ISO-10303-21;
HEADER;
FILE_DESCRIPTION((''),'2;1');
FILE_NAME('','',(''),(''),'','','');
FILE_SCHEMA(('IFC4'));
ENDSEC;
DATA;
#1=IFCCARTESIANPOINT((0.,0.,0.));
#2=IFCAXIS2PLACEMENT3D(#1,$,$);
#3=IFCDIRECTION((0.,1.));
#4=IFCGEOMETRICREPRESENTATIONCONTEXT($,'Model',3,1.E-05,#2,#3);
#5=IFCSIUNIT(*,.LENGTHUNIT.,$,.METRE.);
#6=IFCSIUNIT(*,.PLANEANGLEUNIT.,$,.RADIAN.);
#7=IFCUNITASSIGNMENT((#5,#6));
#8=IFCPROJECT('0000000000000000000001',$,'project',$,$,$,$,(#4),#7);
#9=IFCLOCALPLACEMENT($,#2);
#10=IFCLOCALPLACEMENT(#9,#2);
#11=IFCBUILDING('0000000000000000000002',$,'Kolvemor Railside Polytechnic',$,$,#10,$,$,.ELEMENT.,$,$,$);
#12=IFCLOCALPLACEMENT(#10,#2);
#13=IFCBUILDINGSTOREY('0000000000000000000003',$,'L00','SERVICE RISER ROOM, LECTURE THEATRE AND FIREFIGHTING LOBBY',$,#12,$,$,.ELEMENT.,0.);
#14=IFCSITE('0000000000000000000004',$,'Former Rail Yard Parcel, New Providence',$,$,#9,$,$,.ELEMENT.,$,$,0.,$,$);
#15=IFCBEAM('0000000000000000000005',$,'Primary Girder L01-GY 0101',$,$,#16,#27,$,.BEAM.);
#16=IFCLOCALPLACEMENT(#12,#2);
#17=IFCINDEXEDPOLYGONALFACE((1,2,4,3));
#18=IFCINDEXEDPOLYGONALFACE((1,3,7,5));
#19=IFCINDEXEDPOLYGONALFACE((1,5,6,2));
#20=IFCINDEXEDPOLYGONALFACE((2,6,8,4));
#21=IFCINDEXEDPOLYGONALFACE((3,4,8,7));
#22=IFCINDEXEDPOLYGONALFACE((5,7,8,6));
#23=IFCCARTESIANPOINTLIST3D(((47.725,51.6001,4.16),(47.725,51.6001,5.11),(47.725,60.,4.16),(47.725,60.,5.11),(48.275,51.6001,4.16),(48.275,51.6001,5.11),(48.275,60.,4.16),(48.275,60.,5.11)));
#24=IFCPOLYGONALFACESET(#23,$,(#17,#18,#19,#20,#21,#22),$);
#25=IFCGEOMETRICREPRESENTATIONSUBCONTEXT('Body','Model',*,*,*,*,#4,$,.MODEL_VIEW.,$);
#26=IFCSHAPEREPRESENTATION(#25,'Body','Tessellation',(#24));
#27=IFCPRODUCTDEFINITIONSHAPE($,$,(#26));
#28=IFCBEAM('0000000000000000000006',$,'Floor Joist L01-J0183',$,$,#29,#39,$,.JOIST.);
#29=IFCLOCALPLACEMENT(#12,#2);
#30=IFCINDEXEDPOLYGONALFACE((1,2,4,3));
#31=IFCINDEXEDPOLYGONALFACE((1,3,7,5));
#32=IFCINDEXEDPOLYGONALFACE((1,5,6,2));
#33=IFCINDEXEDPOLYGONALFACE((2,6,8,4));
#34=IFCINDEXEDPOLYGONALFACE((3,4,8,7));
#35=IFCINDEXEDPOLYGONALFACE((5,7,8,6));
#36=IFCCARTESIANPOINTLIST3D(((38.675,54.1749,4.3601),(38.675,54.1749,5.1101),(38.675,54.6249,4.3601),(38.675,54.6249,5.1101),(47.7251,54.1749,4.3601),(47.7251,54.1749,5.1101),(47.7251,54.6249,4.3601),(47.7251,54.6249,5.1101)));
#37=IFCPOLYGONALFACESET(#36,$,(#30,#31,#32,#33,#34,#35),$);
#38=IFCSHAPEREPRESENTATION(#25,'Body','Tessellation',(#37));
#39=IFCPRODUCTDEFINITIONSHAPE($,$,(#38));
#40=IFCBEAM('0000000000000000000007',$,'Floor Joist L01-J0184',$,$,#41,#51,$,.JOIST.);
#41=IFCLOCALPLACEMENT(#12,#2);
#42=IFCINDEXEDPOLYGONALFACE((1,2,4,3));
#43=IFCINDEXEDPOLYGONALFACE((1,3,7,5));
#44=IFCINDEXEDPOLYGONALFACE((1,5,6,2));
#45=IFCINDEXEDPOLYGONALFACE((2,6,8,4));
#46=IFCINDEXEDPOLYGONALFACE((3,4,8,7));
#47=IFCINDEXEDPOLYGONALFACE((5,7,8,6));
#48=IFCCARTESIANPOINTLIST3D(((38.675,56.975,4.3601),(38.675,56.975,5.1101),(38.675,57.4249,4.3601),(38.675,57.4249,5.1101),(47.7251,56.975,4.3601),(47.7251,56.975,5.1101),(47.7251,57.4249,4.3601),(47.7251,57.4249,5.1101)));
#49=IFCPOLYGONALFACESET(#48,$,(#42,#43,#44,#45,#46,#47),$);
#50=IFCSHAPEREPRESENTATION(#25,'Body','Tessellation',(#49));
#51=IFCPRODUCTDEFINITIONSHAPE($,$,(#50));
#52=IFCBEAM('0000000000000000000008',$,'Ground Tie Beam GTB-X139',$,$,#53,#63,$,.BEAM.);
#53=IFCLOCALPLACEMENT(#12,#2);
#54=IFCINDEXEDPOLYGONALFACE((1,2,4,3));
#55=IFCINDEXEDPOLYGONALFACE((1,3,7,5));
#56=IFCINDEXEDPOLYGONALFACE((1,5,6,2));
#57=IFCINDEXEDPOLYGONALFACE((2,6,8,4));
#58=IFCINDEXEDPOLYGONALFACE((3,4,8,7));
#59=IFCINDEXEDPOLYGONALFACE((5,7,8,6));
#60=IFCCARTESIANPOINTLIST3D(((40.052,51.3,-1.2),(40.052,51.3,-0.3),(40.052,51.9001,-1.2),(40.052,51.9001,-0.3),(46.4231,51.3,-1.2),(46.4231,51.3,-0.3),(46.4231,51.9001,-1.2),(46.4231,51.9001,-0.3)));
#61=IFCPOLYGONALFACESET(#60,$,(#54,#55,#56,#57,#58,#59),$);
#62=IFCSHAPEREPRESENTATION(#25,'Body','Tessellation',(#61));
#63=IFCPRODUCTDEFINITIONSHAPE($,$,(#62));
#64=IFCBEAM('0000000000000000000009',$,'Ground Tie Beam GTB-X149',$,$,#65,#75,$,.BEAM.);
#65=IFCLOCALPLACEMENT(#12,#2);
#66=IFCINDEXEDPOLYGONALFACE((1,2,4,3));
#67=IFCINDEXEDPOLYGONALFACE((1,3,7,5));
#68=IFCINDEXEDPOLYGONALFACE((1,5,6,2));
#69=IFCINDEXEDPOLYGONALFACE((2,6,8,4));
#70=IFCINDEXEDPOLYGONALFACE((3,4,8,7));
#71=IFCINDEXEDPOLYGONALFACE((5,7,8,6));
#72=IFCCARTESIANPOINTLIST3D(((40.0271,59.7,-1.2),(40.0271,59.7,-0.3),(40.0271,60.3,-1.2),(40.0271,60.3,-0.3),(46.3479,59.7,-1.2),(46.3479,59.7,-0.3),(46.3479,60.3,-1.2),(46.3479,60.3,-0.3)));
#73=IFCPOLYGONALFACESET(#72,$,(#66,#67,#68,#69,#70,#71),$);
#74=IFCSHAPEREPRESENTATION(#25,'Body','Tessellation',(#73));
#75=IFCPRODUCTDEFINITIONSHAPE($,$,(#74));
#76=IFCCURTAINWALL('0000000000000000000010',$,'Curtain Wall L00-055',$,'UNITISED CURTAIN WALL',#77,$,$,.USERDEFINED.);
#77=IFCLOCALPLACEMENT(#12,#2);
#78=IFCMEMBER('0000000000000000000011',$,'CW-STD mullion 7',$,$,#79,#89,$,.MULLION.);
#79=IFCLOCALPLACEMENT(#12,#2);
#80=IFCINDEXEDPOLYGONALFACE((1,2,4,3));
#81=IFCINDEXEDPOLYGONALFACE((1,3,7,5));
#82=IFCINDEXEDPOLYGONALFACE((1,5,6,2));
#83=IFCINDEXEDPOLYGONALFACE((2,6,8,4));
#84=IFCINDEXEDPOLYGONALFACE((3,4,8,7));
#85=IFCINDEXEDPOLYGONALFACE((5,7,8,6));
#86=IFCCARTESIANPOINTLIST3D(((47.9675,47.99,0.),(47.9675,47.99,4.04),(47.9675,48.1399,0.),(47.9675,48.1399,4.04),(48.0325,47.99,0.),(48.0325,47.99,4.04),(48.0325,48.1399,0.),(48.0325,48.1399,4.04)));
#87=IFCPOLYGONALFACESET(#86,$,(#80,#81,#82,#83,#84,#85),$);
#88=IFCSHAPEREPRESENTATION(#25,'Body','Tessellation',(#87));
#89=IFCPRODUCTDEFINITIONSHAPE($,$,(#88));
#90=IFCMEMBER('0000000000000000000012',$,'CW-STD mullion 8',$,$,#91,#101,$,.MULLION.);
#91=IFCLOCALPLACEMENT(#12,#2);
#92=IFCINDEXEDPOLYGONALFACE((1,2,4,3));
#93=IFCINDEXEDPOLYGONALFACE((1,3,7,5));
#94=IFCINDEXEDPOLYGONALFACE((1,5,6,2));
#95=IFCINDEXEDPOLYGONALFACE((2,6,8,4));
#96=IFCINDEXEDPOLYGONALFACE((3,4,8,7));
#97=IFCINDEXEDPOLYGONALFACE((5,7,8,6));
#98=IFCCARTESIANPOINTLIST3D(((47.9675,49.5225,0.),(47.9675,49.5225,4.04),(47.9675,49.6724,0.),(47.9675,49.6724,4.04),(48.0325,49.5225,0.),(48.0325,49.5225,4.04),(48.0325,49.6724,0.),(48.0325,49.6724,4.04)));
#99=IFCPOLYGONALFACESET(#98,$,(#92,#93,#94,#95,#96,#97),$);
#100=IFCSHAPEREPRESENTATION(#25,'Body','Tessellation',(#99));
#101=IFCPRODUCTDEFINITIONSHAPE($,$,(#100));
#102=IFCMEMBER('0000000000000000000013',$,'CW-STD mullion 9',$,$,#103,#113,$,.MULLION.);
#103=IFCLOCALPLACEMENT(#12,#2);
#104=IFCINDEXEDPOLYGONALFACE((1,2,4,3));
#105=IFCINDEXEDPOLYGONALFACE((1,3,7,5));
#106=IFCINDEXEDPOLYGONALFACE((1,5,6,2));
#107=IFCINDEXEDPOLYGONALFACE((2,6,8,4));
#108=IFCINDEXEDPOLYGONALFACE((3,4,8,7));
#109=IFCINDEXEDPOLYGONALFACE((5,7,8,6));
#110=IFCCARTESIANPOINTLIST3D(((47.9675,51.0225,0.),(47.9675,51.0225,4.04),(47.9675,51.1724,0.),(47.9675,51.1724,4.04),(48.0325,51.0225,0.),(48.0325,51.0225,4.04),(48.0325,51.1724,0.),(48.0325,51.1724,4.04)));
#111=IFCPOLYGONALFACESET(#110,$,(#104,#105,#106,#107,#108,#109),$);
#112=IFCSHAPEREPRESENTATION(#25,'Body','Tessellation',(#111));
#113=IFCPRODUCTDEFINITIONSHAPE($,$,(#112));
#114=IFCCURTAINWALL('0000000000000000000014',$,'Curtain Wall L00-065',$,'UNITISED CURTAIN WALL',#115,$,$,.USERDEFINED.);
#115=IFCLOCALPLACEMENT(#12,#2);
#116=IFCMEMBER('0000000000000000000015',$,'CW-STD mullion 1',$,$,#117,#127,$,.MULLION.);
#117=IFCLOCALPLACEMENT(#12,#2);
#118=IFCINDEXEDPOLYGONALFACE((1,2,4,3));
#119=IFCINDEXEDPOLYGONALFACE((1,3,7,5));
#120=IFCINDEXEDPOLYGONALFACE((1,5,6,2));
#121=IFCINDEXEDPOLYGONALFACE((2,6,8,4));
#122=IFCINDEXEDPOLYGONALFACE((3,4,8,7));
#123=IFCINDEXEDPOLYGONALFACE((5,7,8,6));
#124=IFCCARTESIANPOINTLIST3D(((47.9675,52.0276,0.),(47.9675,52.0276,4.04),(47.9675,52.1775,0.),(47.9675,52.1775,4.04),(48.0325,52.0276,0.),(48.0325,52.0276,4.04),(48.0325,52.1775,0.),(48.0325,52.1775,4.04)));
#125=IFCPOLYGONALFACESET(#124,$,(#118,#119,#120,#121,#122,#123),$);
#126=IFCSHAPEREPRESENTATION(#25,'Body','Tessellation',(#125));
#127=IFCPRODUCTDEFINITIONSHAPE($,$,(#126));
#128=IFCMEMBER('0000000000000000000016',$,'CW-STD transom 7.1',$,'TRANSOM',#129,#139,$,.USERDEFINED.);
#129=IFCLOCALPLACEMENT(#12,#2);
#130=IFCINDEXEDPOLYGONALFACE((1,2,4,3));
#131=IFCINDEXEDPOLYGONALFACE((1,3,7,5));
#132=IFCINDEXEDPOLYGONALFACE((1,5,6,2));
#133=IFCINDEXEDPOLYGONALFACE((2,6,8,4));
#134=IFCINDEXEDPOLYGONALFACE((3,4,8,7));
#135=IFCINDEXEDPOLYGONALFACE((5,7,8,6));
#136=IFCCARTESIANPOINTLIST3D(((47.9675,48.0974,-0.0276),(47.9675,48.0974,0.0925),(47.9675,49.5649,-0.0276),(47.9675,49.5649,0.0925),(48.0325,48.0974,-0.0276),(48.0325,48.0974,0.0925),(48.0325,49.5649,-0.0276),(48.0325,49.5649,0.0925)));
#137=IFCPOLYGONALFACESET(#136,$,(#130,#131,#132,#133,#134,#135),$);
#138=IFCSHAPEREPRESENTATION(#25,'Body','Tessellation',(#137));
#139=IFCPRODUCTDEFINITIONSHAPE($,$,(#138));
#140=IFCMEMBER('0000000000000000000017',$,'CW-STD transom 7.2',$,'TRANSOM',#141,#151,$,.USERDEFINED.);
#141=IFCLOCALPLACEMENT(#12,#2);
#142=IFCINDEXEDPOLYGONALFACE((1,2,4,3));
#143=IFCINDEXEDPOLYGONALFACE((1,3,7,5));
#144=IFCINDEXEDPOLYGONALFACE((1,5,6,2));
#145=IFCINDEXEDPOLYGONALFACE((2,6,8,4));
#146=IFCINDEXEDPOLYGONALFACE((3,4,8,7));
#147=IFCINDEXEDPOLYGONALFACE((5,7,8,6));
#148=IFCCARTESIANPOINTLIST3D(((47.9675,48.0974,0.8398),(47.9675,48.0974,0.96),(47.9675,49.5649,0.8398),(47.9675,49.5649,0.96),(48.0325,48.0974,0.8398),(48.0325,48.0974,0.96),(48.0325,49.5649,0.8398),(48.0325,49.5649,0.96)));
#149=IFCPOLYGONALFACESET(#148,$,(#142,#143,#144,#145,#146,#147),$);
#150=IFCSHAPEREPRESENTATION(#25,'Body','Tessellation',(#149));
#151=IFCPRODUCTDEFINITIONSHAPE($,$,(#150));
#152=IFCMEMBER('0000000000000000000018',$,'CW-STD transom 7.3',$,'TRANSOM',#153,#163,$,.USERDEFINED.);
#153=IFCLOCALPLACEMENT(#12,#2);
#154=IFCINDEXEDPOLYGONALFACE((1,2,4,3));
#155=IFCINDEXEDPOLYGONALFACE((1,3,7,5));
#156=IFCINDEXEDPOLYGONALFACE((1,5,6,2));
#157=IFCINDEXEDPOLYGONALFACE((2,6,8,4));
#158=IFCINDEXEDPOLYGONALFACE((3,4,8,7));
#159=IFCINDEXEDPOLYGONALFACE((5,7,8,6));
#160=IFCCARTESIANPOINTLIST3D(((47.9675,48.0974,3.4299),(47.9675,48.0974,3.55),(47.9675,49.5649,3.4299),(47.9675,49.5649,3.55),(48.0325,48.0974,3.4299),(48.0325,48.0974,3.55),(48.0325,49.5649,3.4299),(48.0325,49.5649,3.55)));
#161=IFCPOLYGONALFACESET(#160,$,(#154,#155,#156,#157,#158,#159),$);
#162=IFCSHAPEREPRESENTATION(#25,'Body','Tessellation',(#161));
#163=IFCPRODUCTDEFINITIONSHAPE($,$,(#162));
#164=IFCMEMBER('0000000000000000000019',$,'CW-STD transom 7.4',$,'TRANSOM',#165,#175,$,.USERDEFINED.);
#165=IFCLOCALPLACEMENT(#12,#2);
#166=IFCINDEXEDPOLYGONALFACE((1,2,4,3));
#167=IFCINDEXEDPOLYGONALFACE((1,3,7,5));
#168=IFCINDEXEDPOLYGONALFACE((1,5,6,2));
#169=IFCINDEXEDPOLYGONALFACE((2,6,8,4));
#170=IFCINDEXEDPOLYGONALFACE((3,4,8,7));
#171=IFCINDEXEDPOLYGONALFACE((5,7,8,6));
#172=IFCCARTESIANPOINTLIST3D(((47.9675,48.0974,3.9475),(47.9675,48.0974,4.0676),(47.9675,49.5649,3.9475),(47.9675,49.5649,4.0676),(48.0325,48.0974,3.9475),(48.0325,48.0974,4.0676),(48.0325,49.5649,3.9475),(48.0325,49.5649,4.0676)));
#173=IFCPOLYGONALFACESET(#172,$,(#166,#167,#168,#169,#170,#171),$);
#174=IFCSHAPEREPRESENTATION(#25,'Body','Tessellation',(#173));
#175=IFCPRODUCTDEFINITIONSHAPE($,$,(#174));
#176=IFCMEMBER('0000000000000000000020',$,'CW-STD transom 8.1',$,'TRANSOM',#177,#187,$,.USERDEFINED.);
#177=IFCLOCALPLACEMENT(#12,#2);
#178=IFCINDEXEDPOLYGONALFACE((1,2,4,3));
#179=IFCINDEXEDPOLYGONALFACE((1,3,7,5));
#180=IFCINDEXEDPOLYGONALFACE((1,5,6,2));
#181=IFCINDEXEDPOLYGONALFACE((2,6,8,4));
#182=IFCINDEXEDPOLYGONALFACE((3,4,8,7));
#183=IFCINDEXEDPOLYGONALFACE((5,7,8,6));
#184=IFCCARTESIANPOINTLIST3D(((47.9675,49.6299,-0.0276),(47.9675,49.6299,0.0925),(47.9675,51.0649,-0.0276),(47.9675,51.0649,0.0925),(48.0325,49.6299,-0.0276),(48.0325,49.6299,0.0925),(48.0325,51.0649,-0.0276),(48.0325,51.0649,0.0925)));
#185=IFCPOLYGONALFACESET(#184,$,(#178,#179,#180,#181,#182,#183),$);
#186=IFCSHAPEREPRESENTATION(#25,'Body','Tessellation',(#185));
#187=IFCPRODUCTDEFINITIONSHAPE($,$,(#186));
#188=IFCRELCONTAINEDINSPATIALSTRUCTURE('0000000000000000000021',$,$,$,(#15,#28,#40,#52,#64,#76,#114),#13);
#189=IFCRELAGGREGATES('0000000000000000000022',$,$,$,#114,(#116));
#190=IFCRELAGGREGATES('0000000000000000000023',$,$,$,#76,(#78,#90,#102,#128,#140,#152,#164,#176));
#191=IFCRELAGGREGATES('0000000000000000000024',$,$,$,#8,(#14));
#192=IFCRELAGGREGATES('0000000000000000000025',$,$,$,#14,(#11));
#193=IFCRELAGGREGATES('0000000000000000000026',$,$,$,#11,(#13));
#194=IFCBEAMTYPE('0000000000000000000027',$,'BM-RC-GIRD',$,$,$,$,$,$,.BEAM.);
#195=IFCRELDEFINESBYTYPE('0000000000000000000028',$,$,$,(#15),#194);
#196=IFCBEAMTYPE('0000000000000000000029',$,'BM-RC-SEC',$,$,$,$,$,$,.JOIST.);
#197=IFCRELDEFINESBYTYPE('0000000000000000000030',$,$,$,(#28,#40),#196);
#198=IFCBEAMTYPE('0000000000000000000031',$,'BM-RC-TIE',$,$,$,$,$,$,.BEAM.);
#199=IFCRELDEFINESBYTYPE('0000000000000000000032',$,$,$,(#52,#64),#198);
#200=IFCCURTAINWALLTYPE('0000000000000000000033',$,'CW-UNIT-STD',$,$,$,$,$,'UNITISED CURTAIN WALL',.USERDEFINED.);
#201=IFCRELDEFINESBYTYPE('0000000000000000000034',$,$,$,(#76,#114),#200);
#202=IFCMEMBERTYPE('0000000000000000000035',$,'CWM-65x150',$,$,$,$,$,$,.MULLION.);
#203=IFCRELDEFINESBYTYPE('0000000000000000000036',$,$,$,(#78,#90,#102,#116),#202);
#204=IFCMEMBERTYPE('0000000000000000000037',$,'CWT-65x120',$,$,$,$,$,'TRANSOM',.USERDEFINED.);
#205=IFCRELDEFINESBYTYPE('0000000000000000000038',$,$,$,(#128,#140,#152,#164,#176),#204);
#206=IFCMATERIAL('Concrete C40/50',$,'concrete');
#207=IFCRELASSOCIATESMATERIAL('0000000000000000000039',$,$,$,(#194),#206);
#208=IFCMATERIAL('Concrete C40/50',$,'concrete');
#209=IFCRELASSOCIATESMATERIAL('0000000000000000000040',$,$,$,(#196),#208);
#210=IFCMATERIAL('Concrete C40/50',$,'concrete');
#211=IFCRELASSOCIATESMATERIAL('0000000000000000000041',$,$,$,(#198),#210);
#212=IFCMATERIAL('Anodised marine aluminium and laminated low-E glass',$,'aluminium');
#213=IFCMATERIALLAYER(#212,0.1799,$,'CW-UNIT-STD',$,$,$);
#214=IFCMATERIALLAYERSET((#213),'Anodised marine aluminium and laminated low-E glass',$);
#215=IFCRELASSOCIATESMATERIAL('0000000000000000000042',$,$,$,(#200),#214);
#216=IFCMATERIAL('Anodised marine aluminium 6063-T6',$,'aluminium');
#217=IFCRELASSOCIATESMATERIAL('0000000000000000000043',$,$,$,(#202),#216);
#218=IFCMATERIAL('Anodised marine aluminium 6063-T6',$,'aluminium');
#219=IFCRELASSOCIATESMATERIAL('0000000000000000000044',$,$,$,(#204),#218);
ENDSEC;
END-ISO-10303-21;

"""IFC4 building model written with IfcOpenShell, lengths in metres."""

from ifc_helpers import new_model, si_unit, direction, frame, origin, origin_2d, place, context, subcontext, project, spatial, rectangle, extrude, material, layer, layer_set, material_profile, profile_set, type_object, element, aggregate, save


model = new_model("IFC4")

# Units and contexts
model_context = context("Model", 3, precision=1e-05, world=origin(), true_north=direction((0.0, 1.0)))
body_context = subcontext(model_context, "Body", "Model", "MODEL_VIEW")
ifc_project = project(units=[si_unit("LENGTHUNIT", "METRE"), si_unit("PLANEANGLEUNIT", "RADIAN")], contexts=[model_context])

# Site, building, storey
site_placement = place(None, origin())
site = spatial("IfcSite", under=ifc_project, at=site_placement, Name="Former Rail Yard Parcel, New Providence", CompositionType="ELEMENT", RefElevation=0.0)
building_placement = place(site_placement, origin())
building = spatial("IfcBuilding", under=site, at=building_placement, Name="Kolvemor Railside Polytechnic", CompositionType="ELEMENT")
storey_placement = place(building_placement, origin())
storey = spatial("IfcBuildingStorey", under=building, at=storey_placement, Name="L00", Description="SERVICE RISER ROOM, LECTURE THEATRE AND FIREFIGHTING LOBBY", CompositionType="ELEMENT", Elevation=0.0)

# Beams
ifc_material_1 = material(Name="Concrete C40/50", Category="concrete")
ifc_material_profile_1 = material_profile(ifc_material_1, rectangle(XDim=0.55, YDim=0.95, at=origin_2d()), Name="RC550x950")
ifc_profile_set_1 = profile_set([ifc_material_profile_1], Name="Concrete C40/50")
beam_type_1 = type_object("IfcBeamType", Name="BM-RC-GIRD", PredefinedType="BEAM", material=ifc_profile_set_1)
beam_1_placement = place(storey_placement, frame((48.0, 51.6001, 4.635), z_axis=(0.0, 1.0, 0.0), x_axis=(-1.0, 0.0, 0.0)))
element("IfcBeam", 1, at=beam_1_placement, inside=storey, type_object=beam_type_1, Name="Primary Girder L01-GY 0101", PredefinedType="BEAM", context=body_context, shape_type="SweptSolid", body=[
    extrude(rectangle(XDim=0.55, YDim=0.95, at=origin_2d()), origin(), (0.0, 0.0, 1.0), 8.3999),
])
ifc_material_2 = material(Name="Concrete C40/50", Category="concrete")
ifc_material_profile_2 = material_profile(ifc_material_2, rectangle(XDim=0.45, YDim=0.75, at=origin_2d()), Name="RC450x750")
ifc_profile_set_2 = profile_set([ifc_material_profile_2], Name="Concrete C40/50")
beam_type_2 = type_object("IfcBeamType", Name="BM-RC-SEC", PredefinedType="JOIST", material=ifc_profile_set_2)
for number, where, z_axis, x_axis, name in (
    (2, (38.675, 54.3999, 4.7351), (1.0, 0.0, 0.0), (0.0, 1.0, 0.0), "Floor Joist L01-J0183"),
    (3, (38.675, 57.2, 4.7351), (1.0, 0.0, 0.0), (0.0, 1.0, 0.0), "Floor Joist L01-J0184"),
):
    element("IfcBeam", number, at=place(storey_placement, frame(where, z_axis=z_axis, x_axis=x_axis)), inside=storey, type_object=beam_type_2, Name=name, PredefinedType="JOIST", context=body_context, shape_type="SweptSolid", body=[
        extrude(rectangle(XDim=0.45, YDim=0.75, at=origin_2d()), origin(), (0.0, 0.0, 1.0), 9.05),
    ])
ifc_material_3 = material(Name="Concrete C40/50", Category="concrete")
ifc_material_profile_3 = material_profile(ifc_material_3, rectangle(XDim=0.6001, YDim=0.8999, at=origin_2d()), Name="RC600x900")
ifc_profile_set_3 = profile_set([ifc_material_profile_3], Name="Concrete C40/50")
beam_type_3 = type_object("IfcBeamType", Name="BM-RC-TIE", PredefinedType="BEAM", material=ifc_profile_set_3)
beam_2_placement = place(storey_placement, frame((40.052, 51.6001, -0.75), z_axis=(1.0, 0.0, 0.0), x_axis=(0.0, 1.0, 0.0)))
element("IfcBeam", 4, at=beam_2_placement, inside=storey, type_object=beam_type_3, Name="Ground Tie Beam GTB-X139", PredefinedType="BEAM", context=body_context, shape_type="SweptSolid", body=[
    extrude(rectangle(XDim=0.6001, YDim=0.8999, at=origin_2d()), origin(), (0.0, 0.0, 1.0), 6.3711),
])
beam_3_placement = place(storey_placement, frame((40.0271, 60.0, -0.75), z_axis=(1.0, 0.0, 0.0), x_axis=(0.0, 1.0, 0.0)))
element("IfcBeam", 5, at=beam_3_placement, inside=storey, type_object=beam_type_3, Name="Ground Tie Beam GTB-X149", PredefinedType="BEAM", context=body_context, shape_type="SweptSolid", body=[
    extrude(rectangle(XDim=0.6001, YDim=0.8999, at=origin_2d()), origin(), (0.0, 0.0, 1.0), 6.3208),
])

# Curtain wall, members
ifc_material_4 = material(Name="Anodised marine aluminium and laminated low-E glass", Category="aluminium")
ifc_layer_1 = layer(ifc_material_4, 0.1799, Name="CW-UNIT-STD")
ifc_layer_set_1 = layer_set([ifc_layer_1], Name="Anodised marine aluminium and laminated low-E glass")
curtain_wall_type = type_object("IfcCurtainWallType", Name="CW-UNIT-STD", ElementType="UNITISED CURTAIN WALL", PredefinedType="USERDEFINED", material=ifc_layer_set_1)
curtain_wall_1_placement = place(storey_placement, origin())
curtain_wall_1 = element("IfcCurtainWall", 6, at=curtain_wall_1_placement, inside=storey, type_object=curtain_wall_type, Name="Curtain Wall L00-055", ObjectType="UNITISED CURTAIN WALL", PredefinedType="USERDEFINED")
ifc_material_5 = material(Name="Anodised marine aluminium 6063-T6", Category="aluminium")
ifc_material_profile_4 = material_profile(ifc_material_5, rectangle(XDim=0.0649, YDim=0.1499, at=origin_2d()), Name="CW-MUL-65x150")
ifc_profile_set_4 = profile_set([ifc_material_profile_4], Name="Anodised marine aluminium 6063-T6")
member_type_1 = type_object("IfcMemberType", Name="CWM-65x150", PredefinedType="MULLION", material=ifc_profile_set_4)
member_1_placement = place(storey_placement, frame((48.0, 48.0649, 0.0), z_axis=(0.0, 0.0, 1.0), x_axis=(-1.0, 0.0, 0.0)))
member_1 = element("IfcMember", 7, at=member_1_placement, type_object=member_type_1, Name="CW-STD mullion 7", PredefinedType="MULLION", context=body_context, shape_type="SweptSolid", body=[
    extrude(rectangle(XDim=0.0649, YDim=0.1499, at=origin_2d()), origin(), (0.0, 0.0, 1.0), 4.04),
])
member_2_placement = place(storey_placement, frame((48.0, 49.5974, 0.0), z_axis=(0.0, 0.0, 1.0), x_axis=(-1.0, 0.0, 0.0)))
member_2 = element("IfcMember", 8, at=member_2_placement, type_object=member_type_1, Name="CW-STD mullion 8", PredefinedType="MULLION", context=body_context, shape_type="SweptSolid", body=[
    extrude(rectangle(XDim=0.0649, YDim=0.1499, at=origin_2d()), origin(), (0.0, 0.0, 1.0), 4.04),
])
member_3_placement = place(storey_placement, frame((48.0, 51.0974, 0.0), z_axis=(0.0, 0.0, 1.0), x_axis=(-1.0, 0.0, 0.0)))
member_3 = element("IfcMember", 9, at=member_3_placement, type_object=member_type_1, Name="CW-STD mullion 9", PredefinedType="MULLION", context=body_context, shape_type="SweptSolid", body=[
    extrude(rectangle(XDim=0.0649, YDim=0.1499, at=origin_2d()), origin(), (0.0, 0.0, 1.0), 4.04),
])

# Curtain wall, member
curtain_wall_2_placement = place(storey_placement, origin())
curtain_wall_2 = element("IfcCurtainWall", 10, at=curtain_wall_2_placement, inside=storey, type_object=curtain_wall_type, Name="Curtain Wall L00-065", ObjectType="UNITISED CURTAIN WALL", PredefinedType="USERDEFINED")
member_4_placement = place(storey_placement, frame((48.0, 52.1025, 0.0), z_axis=(0.0, 0.0, 1.0), x_axis=(-1.0, 0.0, 0.0)))
member_4 = element("IfcMember", 11, at=member_4_placement, type_object=member_type_1, Name="CW-STD mullion 1", PredefinedType="MULLION", context=body_context, shape_type="SweptSolid", body=[
    extrude(rectangle(XDim=0.0649, YDim=0.1499, at=origin_2d()), origin(), (0.0, 0.0, 1.0), 4.04),
])

# Members
ifc_material_6 = material(Name="Anodised marine aluminium 6063-T6", Category="aluminium")
ifc_material_profile_5 = material_profile(ifc_material_6, rectangle(XDim=0.0649, YDim=0.1201, at=origin_2d()), Name="CW-TRN-65x120")
ifc_profile_set_5 = profile_set([ifc_material_profile_5], Name="Anodised marine aluminium 6063-T6")
member_type_2 = type_object("IfcMemberType", Name="CWT-65x120", ElementType="TRANSOM", PredefinedType="USERDEFINED", material=ifc_profile_set_5)
member_5_placement = place(storey_placement, frame((48.0, 48.0974, 0.0325), z_axis=(0.0, 1.0, 0.0), x_axis=(-1.0, 0.0, 0.0)))
member_5 = element("IfcMember", 12, at=member_5_placement, type_object=member_type_2, Name="CW-STD transom 7.1", ObjectType="TRANSOM", PredefinedType="USERDEFINED", context=body_context, shape_type="SweptSolid", body=[
    extrude(rectangle(XDim=0.0649, YDim=0.1201, at=origin_2d()), origin(), (0.0, 0.0, 1.0), 1.4675),
])
member_6_placement = place(storey_placement, frame((48.0, 48.0974, 0.8999), z_axis=(0.0, 1.0, 0.0), x_axis=(-1.0, 0.0, 0.0)))
member_6 = element("IfcMember", 13, at=member_6_placement, type_object=member_type_2, Name="CW-STD transom 7.2", ObjectType="TRANSOM", PredefinedType="USERDEFINED", context=body_context, shape_type="SweptSolid", body=[
    extrude(rectangle(XDim=0.0649, YDim=0.1201, at=origin_2d()), origin(), (0.0, 0.0, 1.0), 1.4675),
])
member_7_placement = place(storey_placement, frame((48.0, 48.0974, 3.49), z_axis=(0.0, 1.0, 0.0), x_axis=(-1.0, 0.0, 0.0)))
member_7 = element("IfcMember", 14, at=member_7_placement, type_object=member_type_2, Name="CW-STD transom 7.3", ObjectType="TRANSOM", PredefinedType="USERDEFINED", context=body_context, shape_type="SweptSolid", body=[
    extrude(rectangle(XDim=0.0649, YDim=0.1201, at=origin_2d()), origin(), (0.0, 0.0, 1.0), 1.4675),
])
member_8_placement = place(storey_placement, frame((48.0, 48.0974, 4.0076), z_axis=(0.0, 1.0, 0.0), x_axis=(-1.0, 0.0, 0.0)))
member_8 = element("IfcMember", 15, at=member_8_placement, type_object=member_type_2, Name="CW-STD transom 7.4", ObjectType="TRANSOM", PredefinedType="USERDEFINED", context=body_context, shape_type="SweptSolid", body=[
    extrude(rectangle(XDim=0.0649, YDim=0.1201, at=origin_2d()), origin(), (0.0, 0.0, 1.0), 1.4675),
])
member_9_placement = place(storey_placement, frame((48.0, 49.6299, 0.0325), z_axis=(0.0, 1.0, 0.0), x_axis=(-1.0, 0.0, 0.0)))
member_9 = element("IfcMember", 16, at=member_9_placement, type_object=member_type_2, Name="CW-STD transom 8.1", ObjectType="TRANSOM", PredefinedType="USERDEFINED", context=body_context, shape_type="SweptSolid", body=[
    extrude(rectangle(XDim=0.0649, YDim=0.1201, at=origin_2d()), origin(), (0.0, 0.0, 1.0), 1.4351),
])
aggregate(curtain_wall_2, [member_4])

aggregate(curtain_wall_1, [member_1, member_2, member_3, member_5, member_6, member_7, member_8, member_9])

save(model, "model.ifc")
